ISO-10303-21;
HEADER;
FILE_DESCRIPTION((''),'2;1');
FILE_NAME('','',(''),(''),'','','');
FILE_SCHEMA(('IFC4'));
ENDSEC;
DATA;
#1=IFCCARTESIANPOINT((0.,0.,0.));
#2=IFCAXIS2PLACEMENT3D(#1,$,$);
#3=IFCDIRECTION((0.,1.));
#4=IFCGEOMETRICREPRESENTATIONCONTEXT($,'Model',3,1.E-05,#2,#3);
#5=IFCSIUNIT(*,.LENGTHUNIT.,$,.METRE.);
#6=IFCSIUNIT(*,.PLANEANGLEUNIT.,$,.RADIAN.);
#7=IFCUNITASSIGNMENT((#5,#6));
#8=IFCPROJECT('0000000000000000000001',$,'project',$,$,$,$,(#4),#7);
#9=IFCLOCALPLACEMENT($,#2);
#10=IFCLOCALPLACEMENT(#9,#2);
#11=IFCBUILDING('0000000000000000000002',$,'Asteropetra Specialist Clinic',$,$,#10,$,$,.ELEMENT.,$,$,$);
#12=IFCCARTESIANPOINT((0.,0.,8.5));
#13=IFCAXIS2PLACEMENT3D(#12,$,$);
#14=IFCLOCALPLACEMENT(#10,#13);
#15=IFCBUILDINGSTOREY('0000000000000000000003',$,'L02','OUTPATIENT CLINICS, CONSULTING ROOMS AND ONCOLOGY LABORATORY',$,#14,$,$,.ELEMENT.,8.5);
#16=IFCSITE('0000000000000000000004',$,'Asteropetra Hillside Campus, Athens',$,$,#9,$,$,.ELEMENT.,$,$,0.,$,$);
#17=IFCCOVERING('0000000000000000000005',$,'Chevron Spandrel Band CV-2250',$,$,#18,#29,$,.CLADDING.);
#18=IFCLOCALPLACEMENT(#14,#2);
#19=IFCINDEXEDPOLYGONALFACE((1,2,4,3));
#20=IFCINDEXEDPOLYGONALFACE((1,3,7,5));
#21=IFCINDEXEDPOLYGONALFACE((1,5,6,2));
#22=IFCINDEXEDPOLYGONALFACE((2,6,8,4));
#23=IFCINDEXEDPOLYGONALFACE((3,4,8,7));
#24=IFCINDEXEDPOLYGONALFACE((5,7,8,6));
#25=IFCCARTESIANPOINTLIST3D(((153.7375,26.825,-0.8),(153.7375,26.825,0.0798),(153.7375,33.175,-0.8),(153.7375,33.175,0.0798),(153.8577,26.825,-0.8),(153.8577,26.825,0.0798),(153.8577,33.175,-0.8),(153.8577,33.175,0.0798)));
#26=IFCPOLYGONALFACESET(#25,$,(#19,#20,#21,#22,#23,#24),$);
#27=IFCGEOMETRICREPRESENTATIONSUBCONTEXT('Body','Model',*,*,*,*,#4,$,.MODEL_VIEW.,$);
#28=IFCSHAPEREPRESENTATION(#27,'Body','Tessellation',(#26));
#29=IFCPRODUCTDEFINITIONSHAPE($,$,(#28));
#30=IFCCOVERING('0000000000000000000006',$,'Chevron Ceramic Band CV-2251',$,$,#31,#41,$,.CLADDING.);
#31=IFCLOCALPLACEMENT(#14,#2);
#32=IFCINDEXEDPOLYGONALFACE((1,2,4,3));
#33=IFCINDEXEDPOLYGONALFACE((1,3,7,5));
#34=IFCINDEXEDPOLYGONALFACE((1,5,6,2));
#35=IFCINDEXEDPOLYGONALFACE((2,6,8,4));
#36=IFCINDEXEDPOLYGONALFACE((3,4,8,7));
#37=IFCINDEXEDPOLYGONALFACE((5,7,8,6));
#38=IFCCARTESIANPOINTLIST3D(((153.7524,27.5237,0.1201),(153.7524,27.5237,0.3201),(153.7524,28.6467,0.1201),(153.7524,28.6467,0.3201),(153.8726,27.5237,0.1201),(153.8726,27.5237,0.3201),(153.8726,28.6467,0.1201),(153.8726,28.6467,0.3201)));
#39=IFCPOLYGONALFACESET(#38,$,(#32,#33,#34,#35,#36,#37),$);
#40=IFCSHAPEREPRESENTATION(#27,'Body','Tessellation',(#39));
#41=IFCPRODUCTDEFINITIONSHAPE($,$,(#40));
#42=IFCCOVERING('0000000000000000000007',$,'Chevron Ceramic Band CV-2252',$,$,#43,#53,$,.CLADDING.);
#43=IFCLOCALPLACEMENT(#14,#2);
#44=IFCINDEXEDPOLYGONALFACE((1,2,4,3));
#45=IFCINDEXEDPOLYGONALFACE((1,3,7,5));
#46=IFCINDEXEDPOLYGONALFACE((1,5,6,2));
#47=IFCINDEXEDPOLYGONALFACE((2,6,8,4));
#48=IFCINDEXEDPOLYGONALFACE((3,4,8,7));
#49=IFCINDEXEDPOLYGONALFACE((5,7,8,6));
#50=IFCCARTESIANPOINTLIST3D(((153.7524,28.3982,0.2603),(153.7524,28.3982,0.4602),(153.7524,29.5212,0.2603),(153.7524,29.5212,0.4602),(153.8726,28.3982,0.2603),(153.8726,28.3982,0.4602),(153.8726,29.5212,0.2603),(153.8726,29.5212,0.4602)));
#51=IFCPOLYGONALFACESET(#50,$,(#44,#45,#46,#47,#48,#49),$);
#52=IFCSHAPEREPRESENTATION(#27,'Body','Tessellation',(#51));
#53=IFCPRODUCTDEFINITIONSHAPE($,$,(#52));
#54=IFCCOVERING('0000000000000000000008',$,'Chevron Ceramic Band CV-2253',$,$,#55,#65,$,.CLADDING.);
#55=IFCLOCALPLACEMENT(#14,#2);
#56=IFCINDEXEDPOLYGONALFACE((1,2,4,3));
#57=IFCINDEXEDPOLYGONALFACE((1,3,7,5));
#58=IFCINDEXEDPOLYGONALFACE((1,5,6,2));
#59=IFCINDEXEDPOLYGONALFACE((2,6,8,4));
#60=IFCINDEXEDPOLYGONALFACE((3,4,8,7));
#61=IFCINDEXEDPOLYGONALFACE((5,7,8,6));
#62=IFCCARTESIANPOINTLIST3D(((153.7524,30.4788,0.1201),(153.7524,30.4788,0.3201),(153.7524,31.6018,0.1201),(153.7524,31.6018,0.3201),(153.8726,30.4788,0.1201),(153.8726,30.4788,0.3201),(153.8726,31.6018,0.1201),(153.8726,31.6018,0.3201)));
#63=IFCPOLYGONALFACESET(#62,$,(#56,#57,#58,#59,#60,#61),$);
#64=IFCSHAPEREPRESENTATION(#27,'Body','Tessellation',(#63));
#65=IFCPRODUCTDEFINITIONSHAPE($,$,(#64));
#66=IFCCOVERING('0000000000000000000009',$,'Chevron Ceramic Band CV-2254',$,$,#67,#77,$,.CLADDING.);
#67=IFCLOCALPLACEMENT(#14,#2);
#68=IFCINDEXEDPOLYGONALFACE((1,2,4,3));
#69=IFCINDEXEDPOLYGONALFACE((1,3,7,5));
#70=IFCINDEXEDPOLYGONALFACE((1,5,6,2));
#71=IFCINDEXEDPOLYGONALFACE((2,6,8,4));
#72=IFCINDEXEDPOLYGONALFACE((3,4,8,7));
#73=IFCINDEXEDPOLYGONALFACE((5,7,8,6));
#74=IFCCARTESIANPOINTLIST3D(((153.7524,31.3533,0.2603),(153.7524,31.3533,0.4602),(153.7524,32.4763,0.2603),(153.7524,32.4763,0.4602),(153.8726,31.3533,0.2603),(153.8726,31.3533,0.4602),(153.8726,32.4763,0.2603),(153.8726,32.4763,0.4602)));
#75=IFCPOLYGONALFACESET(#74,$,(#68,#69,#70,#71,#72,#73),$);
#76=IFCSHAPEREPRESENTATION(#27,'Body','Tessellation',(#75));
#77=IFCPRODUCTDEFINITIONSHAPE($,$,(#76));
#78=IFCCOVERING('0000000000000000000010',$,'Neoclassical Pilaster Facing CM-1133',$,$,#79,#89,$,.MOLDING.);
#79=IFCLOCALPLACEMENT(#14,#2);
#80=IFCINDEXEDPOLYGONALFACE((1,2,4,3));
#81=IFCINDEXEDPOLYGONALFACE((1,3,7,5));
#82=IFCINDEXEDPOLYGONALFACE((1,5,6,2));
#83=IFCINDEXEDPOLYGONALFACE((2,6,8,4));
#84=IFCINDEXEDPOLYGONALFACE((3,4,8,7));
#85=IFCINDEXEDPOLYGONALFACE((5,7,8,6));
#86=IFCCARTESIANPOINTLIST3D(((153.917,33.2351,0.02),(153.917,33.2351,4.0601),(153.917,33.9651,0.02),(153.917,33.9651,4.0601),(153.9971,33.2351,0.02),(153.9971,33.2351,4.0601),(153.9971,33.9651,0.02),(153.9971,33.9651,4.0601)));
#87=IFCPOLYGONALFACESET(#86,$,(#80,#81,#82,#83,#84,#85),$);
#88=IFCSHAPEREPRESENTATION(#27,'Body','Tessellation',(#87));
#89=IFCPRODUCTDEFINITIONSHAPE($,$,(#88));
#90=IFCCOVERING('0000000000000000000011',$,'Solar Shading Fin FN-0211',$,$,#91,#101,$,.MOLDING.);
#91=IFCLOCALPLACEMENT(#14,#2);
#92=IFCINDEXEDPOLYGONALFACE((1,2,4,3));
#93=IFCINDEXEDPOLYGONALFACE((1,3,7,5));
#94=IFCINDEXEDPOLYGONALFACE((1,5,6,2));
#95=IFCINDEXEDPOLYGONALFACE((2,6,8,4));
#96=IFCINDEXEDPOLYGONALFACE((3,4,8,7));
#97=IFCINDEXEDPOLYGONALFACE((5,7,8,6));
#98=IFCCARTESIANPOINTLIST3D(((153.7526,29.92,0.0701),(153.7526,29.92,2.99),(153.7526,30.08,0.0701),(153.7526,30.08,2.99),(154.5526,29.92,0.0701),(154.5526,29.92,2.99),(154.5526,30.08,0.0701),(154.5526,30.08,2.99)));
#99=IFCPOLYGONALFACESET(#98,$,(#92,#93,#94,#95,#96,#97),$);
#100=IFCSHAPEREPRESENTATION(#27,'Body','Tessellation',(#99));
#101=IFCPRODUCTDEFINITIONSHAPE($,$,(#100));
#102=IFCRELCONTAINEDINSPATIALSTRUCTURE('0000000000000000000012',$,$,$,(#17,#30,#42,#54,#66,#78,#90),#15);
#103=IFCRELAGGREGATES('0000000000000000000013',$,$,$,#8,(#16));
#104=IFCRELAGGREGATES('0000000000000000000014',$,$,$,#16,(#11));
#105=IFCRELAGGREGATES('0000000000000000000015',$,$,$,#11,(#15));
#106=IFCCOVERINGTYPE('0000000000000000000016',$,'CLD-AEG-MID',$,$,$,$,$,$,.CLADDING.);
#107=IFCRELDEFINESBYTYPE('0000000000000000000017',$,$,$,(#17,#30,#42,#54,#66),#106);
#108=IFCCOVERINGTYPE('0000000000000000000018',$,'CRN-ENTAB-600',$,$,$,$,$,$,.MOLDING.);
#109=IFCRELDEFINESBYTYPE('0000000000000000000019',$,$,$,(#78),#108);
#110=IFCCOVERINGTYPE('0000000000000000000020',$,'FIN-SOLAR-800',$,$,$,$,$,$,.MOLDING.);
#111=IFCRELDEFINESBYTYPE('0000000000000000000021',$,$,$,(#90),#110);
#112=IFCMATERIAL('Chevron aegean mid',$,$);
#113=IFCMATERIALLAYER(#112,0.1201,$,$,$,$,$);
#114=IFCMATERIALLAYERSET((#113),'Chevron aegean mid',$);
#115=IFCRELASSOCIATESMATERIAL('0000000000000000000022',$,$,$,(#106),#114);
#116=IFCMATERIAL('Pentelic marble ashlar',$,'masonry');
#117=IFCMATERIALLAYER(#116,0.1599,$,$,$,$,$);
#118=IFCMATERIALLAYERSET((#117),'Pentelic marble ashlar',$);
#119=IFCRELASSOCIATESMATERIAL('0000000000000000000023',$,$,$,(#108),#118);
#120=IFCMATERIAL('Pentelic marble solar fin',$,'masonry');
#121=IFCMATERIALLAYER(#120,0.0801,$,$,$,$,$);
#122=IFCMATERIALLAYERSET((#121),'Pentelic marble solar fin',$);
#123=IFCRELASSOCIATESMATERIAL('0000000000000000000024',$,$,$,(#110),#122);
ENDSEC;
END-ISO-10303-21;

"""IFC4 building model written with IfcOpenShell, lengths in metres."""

from ifc_helpers import new_model, si_unit, direction, frame, origin, origin_2d, place, context, subcontext, project, spatial, rectangle, extrude, material, layer, layer_set, type_object, element, save


model = new_model("IFC4")

# Units and contexts
model_context = context("Model", 3, precision=1e-05, world=origin(), true_north=direction((0.0, 1.0)))
body_context = subcontext(model_context, "Body", "Model", "MODEL_VIEW")
ifc_project = project(units=[si_unit("LENGTHUNIT", "METRE"), si_unit("PLANEANGLEUNIT", "RADIAN")], contexts=[model_context])

# Site, building, storey
site_placement = place(None, origin())
site = spatial("IfcSite", under=ifc_project, at=site_placement, Name="Asteropetra Hillside Campus, Athens", CompositionType="ELEMENT", RefElevation=0.0)
building_placement = place(site_placement, origin())
building = spatial("IfcBuilding", under=site, at=building_placement, Name="Asteropetra Specialist Clinic", CompositionType="ELEMENT")
storey_placement = place(building_placement, frame((0.0, 0.0, 8.5)))
storey = spatial("IfcBuildingStorey", under=building, at=storey_placement, Name="L02", Description="OUTPATIENT CLINICS, CONSULTING ROOMS AND ONCOLOGY LABORATORY", CompositionType="ELEMENT", Elevation=8.5)

# Coverings
ifc_material_1 = material(Name="Chevron aegean mid")
ifc_layer_1 = layer(ifc_material_1, 0.1201)
ifc_layer_set_1 = layer_set([ifc_layer_1], Name="Chevron aegean mid")
covering_type_1 = type_object("IfcCoveringType", Name="CLD-AEG-MID", PredefinedType="CLADDING", material=ifc_layer_set_1)
covering_1_placement = place(storey_placement, frame((153.7976, 30.0, -0.8), z_axis=(0.0, 0.0, 1.0), x_axis=(1.0, 0.0, 0.0)))
element("IfcCovering", 1, at=covering_1_placement, inside=storey, type_object=covering_type_1, Name="Chevron Spandrel Band CV-2250", PredefinedType="CLADDING", context=body_context, shape_type="SweptSolid", body=[
    extrude(rectangle(XDim=0.1201, YDim=6.3501, at=origin_2d()), origin(), (0.0, 0.0, 1.0), 0.8799),
])
for number, where, z_axis, x_axis, name in (
    (2, (153.8125, 28.0852, 0.1201), (0.0, 0.0, 1.0), (1.0, 0.0, 0.0), "Chevron Ceramic Band CV-2251"),
    (3, (153.8125, 28.9597, 0.2603), (0.0, 0.0, 1.0), (1.0, 0.0, 0.0), "Chevron Ceramic Band CV-2252"),
    (4, (153.8125, 31.0403, 0.1201), (0.0, 0.0, 1.0), (1.0, 0.0, 0.0), "Chevron Ceramic Band CV-2253"),
    (5, (153.8125, 31.9148, 0.2603), (0.0, 0.0, 1.0), (1.0, 0.0, 0.0), "Chevron Ceramic Band CV-2254"),
):
    element("IfcCovering", number, at=place(storey_placement, frame(where, z_axis=z_axis, x_axis=x_axis)), inside=storey, type_object=covering_type_1, Name=name, PredefinedType="CLADDING", context=body_context, shape_type="SweptSolid", body=[
        extrude(rectangle(XDim=0.1201, YDim=1.123, at=origin_2d()), origin(), (0.0, 0.0, 1.0), 0.2),
    ])
ifc_material_2 = material(Name="Pentelic marble ashlar", Category="masonry")
ifc_layer_2 = layer(ifc_material_2, 0.1599)
ifc_layer_set_2 = layer_set([ifc_layer_2], Name="Pentelic marble ashlar")
covering_type_2 = type_object("IfcCoveringType", Name="CRN-ENTAB-600", PredefinedType="MOLDING", material=ifc_layer_set_2)
covering_2_placement = place(storey_placement, frame((153.957, 33.6001, 0.02), z_axis=(0.0, 0.0, 1.0), x_axis=(1.0, 0.0, 0.0)))
element("IfcCovering", 6, at=covering_2_placement, inside=storey, type_object=covering_type_2, Name="Neoclassical Pilaster Facing CM-1133", PredefinedType="MOLDING", context=body_context, shape_type="SweptSolid", body=[
    extrude(rectangle(XDim=0.0801, YDim=0.73, at=origin_2d()), origin(), (0.0, 0.0, 1.0), 4.04),
])
ifc_material_3 = material(Name="Pentelic marble solar fin", Category="masonry")
ifc_layer_3 = layer(ifc_material_3, 0.0801)
ifc_layer_set_3 = layer_set([ifc_layer_3], Name="Pentelic marble solar fin")
covering_type_3 = type_object("IfcCoveringType", Name="FIN-SOLAR-800", PredefinedType="MOLDING", material=ifc_layer_set_3)
covering_3_placement = place(storey_placement, frame((154.1526, 30.0, 0.0701), z_axis=(0.0, 0.0, 1.0), x_axis=(1.0, 0.0, 0.0)))
element("IfcCovering", 7, at=covering_3_placement, inside=storey, type_object=covering_type_3, Name="Solar Shading Fin FN-0211", PredefinedType="MOLDING", context=body_context, shape_type="SweptSolid", body=[
    extrude(rectangle(XDim=0.8, YDim=0.1599, at=origin_2d()), origin(), (0.0, 0.0, 1.0), 2.9199),
])

save(model, "model.ifc")
